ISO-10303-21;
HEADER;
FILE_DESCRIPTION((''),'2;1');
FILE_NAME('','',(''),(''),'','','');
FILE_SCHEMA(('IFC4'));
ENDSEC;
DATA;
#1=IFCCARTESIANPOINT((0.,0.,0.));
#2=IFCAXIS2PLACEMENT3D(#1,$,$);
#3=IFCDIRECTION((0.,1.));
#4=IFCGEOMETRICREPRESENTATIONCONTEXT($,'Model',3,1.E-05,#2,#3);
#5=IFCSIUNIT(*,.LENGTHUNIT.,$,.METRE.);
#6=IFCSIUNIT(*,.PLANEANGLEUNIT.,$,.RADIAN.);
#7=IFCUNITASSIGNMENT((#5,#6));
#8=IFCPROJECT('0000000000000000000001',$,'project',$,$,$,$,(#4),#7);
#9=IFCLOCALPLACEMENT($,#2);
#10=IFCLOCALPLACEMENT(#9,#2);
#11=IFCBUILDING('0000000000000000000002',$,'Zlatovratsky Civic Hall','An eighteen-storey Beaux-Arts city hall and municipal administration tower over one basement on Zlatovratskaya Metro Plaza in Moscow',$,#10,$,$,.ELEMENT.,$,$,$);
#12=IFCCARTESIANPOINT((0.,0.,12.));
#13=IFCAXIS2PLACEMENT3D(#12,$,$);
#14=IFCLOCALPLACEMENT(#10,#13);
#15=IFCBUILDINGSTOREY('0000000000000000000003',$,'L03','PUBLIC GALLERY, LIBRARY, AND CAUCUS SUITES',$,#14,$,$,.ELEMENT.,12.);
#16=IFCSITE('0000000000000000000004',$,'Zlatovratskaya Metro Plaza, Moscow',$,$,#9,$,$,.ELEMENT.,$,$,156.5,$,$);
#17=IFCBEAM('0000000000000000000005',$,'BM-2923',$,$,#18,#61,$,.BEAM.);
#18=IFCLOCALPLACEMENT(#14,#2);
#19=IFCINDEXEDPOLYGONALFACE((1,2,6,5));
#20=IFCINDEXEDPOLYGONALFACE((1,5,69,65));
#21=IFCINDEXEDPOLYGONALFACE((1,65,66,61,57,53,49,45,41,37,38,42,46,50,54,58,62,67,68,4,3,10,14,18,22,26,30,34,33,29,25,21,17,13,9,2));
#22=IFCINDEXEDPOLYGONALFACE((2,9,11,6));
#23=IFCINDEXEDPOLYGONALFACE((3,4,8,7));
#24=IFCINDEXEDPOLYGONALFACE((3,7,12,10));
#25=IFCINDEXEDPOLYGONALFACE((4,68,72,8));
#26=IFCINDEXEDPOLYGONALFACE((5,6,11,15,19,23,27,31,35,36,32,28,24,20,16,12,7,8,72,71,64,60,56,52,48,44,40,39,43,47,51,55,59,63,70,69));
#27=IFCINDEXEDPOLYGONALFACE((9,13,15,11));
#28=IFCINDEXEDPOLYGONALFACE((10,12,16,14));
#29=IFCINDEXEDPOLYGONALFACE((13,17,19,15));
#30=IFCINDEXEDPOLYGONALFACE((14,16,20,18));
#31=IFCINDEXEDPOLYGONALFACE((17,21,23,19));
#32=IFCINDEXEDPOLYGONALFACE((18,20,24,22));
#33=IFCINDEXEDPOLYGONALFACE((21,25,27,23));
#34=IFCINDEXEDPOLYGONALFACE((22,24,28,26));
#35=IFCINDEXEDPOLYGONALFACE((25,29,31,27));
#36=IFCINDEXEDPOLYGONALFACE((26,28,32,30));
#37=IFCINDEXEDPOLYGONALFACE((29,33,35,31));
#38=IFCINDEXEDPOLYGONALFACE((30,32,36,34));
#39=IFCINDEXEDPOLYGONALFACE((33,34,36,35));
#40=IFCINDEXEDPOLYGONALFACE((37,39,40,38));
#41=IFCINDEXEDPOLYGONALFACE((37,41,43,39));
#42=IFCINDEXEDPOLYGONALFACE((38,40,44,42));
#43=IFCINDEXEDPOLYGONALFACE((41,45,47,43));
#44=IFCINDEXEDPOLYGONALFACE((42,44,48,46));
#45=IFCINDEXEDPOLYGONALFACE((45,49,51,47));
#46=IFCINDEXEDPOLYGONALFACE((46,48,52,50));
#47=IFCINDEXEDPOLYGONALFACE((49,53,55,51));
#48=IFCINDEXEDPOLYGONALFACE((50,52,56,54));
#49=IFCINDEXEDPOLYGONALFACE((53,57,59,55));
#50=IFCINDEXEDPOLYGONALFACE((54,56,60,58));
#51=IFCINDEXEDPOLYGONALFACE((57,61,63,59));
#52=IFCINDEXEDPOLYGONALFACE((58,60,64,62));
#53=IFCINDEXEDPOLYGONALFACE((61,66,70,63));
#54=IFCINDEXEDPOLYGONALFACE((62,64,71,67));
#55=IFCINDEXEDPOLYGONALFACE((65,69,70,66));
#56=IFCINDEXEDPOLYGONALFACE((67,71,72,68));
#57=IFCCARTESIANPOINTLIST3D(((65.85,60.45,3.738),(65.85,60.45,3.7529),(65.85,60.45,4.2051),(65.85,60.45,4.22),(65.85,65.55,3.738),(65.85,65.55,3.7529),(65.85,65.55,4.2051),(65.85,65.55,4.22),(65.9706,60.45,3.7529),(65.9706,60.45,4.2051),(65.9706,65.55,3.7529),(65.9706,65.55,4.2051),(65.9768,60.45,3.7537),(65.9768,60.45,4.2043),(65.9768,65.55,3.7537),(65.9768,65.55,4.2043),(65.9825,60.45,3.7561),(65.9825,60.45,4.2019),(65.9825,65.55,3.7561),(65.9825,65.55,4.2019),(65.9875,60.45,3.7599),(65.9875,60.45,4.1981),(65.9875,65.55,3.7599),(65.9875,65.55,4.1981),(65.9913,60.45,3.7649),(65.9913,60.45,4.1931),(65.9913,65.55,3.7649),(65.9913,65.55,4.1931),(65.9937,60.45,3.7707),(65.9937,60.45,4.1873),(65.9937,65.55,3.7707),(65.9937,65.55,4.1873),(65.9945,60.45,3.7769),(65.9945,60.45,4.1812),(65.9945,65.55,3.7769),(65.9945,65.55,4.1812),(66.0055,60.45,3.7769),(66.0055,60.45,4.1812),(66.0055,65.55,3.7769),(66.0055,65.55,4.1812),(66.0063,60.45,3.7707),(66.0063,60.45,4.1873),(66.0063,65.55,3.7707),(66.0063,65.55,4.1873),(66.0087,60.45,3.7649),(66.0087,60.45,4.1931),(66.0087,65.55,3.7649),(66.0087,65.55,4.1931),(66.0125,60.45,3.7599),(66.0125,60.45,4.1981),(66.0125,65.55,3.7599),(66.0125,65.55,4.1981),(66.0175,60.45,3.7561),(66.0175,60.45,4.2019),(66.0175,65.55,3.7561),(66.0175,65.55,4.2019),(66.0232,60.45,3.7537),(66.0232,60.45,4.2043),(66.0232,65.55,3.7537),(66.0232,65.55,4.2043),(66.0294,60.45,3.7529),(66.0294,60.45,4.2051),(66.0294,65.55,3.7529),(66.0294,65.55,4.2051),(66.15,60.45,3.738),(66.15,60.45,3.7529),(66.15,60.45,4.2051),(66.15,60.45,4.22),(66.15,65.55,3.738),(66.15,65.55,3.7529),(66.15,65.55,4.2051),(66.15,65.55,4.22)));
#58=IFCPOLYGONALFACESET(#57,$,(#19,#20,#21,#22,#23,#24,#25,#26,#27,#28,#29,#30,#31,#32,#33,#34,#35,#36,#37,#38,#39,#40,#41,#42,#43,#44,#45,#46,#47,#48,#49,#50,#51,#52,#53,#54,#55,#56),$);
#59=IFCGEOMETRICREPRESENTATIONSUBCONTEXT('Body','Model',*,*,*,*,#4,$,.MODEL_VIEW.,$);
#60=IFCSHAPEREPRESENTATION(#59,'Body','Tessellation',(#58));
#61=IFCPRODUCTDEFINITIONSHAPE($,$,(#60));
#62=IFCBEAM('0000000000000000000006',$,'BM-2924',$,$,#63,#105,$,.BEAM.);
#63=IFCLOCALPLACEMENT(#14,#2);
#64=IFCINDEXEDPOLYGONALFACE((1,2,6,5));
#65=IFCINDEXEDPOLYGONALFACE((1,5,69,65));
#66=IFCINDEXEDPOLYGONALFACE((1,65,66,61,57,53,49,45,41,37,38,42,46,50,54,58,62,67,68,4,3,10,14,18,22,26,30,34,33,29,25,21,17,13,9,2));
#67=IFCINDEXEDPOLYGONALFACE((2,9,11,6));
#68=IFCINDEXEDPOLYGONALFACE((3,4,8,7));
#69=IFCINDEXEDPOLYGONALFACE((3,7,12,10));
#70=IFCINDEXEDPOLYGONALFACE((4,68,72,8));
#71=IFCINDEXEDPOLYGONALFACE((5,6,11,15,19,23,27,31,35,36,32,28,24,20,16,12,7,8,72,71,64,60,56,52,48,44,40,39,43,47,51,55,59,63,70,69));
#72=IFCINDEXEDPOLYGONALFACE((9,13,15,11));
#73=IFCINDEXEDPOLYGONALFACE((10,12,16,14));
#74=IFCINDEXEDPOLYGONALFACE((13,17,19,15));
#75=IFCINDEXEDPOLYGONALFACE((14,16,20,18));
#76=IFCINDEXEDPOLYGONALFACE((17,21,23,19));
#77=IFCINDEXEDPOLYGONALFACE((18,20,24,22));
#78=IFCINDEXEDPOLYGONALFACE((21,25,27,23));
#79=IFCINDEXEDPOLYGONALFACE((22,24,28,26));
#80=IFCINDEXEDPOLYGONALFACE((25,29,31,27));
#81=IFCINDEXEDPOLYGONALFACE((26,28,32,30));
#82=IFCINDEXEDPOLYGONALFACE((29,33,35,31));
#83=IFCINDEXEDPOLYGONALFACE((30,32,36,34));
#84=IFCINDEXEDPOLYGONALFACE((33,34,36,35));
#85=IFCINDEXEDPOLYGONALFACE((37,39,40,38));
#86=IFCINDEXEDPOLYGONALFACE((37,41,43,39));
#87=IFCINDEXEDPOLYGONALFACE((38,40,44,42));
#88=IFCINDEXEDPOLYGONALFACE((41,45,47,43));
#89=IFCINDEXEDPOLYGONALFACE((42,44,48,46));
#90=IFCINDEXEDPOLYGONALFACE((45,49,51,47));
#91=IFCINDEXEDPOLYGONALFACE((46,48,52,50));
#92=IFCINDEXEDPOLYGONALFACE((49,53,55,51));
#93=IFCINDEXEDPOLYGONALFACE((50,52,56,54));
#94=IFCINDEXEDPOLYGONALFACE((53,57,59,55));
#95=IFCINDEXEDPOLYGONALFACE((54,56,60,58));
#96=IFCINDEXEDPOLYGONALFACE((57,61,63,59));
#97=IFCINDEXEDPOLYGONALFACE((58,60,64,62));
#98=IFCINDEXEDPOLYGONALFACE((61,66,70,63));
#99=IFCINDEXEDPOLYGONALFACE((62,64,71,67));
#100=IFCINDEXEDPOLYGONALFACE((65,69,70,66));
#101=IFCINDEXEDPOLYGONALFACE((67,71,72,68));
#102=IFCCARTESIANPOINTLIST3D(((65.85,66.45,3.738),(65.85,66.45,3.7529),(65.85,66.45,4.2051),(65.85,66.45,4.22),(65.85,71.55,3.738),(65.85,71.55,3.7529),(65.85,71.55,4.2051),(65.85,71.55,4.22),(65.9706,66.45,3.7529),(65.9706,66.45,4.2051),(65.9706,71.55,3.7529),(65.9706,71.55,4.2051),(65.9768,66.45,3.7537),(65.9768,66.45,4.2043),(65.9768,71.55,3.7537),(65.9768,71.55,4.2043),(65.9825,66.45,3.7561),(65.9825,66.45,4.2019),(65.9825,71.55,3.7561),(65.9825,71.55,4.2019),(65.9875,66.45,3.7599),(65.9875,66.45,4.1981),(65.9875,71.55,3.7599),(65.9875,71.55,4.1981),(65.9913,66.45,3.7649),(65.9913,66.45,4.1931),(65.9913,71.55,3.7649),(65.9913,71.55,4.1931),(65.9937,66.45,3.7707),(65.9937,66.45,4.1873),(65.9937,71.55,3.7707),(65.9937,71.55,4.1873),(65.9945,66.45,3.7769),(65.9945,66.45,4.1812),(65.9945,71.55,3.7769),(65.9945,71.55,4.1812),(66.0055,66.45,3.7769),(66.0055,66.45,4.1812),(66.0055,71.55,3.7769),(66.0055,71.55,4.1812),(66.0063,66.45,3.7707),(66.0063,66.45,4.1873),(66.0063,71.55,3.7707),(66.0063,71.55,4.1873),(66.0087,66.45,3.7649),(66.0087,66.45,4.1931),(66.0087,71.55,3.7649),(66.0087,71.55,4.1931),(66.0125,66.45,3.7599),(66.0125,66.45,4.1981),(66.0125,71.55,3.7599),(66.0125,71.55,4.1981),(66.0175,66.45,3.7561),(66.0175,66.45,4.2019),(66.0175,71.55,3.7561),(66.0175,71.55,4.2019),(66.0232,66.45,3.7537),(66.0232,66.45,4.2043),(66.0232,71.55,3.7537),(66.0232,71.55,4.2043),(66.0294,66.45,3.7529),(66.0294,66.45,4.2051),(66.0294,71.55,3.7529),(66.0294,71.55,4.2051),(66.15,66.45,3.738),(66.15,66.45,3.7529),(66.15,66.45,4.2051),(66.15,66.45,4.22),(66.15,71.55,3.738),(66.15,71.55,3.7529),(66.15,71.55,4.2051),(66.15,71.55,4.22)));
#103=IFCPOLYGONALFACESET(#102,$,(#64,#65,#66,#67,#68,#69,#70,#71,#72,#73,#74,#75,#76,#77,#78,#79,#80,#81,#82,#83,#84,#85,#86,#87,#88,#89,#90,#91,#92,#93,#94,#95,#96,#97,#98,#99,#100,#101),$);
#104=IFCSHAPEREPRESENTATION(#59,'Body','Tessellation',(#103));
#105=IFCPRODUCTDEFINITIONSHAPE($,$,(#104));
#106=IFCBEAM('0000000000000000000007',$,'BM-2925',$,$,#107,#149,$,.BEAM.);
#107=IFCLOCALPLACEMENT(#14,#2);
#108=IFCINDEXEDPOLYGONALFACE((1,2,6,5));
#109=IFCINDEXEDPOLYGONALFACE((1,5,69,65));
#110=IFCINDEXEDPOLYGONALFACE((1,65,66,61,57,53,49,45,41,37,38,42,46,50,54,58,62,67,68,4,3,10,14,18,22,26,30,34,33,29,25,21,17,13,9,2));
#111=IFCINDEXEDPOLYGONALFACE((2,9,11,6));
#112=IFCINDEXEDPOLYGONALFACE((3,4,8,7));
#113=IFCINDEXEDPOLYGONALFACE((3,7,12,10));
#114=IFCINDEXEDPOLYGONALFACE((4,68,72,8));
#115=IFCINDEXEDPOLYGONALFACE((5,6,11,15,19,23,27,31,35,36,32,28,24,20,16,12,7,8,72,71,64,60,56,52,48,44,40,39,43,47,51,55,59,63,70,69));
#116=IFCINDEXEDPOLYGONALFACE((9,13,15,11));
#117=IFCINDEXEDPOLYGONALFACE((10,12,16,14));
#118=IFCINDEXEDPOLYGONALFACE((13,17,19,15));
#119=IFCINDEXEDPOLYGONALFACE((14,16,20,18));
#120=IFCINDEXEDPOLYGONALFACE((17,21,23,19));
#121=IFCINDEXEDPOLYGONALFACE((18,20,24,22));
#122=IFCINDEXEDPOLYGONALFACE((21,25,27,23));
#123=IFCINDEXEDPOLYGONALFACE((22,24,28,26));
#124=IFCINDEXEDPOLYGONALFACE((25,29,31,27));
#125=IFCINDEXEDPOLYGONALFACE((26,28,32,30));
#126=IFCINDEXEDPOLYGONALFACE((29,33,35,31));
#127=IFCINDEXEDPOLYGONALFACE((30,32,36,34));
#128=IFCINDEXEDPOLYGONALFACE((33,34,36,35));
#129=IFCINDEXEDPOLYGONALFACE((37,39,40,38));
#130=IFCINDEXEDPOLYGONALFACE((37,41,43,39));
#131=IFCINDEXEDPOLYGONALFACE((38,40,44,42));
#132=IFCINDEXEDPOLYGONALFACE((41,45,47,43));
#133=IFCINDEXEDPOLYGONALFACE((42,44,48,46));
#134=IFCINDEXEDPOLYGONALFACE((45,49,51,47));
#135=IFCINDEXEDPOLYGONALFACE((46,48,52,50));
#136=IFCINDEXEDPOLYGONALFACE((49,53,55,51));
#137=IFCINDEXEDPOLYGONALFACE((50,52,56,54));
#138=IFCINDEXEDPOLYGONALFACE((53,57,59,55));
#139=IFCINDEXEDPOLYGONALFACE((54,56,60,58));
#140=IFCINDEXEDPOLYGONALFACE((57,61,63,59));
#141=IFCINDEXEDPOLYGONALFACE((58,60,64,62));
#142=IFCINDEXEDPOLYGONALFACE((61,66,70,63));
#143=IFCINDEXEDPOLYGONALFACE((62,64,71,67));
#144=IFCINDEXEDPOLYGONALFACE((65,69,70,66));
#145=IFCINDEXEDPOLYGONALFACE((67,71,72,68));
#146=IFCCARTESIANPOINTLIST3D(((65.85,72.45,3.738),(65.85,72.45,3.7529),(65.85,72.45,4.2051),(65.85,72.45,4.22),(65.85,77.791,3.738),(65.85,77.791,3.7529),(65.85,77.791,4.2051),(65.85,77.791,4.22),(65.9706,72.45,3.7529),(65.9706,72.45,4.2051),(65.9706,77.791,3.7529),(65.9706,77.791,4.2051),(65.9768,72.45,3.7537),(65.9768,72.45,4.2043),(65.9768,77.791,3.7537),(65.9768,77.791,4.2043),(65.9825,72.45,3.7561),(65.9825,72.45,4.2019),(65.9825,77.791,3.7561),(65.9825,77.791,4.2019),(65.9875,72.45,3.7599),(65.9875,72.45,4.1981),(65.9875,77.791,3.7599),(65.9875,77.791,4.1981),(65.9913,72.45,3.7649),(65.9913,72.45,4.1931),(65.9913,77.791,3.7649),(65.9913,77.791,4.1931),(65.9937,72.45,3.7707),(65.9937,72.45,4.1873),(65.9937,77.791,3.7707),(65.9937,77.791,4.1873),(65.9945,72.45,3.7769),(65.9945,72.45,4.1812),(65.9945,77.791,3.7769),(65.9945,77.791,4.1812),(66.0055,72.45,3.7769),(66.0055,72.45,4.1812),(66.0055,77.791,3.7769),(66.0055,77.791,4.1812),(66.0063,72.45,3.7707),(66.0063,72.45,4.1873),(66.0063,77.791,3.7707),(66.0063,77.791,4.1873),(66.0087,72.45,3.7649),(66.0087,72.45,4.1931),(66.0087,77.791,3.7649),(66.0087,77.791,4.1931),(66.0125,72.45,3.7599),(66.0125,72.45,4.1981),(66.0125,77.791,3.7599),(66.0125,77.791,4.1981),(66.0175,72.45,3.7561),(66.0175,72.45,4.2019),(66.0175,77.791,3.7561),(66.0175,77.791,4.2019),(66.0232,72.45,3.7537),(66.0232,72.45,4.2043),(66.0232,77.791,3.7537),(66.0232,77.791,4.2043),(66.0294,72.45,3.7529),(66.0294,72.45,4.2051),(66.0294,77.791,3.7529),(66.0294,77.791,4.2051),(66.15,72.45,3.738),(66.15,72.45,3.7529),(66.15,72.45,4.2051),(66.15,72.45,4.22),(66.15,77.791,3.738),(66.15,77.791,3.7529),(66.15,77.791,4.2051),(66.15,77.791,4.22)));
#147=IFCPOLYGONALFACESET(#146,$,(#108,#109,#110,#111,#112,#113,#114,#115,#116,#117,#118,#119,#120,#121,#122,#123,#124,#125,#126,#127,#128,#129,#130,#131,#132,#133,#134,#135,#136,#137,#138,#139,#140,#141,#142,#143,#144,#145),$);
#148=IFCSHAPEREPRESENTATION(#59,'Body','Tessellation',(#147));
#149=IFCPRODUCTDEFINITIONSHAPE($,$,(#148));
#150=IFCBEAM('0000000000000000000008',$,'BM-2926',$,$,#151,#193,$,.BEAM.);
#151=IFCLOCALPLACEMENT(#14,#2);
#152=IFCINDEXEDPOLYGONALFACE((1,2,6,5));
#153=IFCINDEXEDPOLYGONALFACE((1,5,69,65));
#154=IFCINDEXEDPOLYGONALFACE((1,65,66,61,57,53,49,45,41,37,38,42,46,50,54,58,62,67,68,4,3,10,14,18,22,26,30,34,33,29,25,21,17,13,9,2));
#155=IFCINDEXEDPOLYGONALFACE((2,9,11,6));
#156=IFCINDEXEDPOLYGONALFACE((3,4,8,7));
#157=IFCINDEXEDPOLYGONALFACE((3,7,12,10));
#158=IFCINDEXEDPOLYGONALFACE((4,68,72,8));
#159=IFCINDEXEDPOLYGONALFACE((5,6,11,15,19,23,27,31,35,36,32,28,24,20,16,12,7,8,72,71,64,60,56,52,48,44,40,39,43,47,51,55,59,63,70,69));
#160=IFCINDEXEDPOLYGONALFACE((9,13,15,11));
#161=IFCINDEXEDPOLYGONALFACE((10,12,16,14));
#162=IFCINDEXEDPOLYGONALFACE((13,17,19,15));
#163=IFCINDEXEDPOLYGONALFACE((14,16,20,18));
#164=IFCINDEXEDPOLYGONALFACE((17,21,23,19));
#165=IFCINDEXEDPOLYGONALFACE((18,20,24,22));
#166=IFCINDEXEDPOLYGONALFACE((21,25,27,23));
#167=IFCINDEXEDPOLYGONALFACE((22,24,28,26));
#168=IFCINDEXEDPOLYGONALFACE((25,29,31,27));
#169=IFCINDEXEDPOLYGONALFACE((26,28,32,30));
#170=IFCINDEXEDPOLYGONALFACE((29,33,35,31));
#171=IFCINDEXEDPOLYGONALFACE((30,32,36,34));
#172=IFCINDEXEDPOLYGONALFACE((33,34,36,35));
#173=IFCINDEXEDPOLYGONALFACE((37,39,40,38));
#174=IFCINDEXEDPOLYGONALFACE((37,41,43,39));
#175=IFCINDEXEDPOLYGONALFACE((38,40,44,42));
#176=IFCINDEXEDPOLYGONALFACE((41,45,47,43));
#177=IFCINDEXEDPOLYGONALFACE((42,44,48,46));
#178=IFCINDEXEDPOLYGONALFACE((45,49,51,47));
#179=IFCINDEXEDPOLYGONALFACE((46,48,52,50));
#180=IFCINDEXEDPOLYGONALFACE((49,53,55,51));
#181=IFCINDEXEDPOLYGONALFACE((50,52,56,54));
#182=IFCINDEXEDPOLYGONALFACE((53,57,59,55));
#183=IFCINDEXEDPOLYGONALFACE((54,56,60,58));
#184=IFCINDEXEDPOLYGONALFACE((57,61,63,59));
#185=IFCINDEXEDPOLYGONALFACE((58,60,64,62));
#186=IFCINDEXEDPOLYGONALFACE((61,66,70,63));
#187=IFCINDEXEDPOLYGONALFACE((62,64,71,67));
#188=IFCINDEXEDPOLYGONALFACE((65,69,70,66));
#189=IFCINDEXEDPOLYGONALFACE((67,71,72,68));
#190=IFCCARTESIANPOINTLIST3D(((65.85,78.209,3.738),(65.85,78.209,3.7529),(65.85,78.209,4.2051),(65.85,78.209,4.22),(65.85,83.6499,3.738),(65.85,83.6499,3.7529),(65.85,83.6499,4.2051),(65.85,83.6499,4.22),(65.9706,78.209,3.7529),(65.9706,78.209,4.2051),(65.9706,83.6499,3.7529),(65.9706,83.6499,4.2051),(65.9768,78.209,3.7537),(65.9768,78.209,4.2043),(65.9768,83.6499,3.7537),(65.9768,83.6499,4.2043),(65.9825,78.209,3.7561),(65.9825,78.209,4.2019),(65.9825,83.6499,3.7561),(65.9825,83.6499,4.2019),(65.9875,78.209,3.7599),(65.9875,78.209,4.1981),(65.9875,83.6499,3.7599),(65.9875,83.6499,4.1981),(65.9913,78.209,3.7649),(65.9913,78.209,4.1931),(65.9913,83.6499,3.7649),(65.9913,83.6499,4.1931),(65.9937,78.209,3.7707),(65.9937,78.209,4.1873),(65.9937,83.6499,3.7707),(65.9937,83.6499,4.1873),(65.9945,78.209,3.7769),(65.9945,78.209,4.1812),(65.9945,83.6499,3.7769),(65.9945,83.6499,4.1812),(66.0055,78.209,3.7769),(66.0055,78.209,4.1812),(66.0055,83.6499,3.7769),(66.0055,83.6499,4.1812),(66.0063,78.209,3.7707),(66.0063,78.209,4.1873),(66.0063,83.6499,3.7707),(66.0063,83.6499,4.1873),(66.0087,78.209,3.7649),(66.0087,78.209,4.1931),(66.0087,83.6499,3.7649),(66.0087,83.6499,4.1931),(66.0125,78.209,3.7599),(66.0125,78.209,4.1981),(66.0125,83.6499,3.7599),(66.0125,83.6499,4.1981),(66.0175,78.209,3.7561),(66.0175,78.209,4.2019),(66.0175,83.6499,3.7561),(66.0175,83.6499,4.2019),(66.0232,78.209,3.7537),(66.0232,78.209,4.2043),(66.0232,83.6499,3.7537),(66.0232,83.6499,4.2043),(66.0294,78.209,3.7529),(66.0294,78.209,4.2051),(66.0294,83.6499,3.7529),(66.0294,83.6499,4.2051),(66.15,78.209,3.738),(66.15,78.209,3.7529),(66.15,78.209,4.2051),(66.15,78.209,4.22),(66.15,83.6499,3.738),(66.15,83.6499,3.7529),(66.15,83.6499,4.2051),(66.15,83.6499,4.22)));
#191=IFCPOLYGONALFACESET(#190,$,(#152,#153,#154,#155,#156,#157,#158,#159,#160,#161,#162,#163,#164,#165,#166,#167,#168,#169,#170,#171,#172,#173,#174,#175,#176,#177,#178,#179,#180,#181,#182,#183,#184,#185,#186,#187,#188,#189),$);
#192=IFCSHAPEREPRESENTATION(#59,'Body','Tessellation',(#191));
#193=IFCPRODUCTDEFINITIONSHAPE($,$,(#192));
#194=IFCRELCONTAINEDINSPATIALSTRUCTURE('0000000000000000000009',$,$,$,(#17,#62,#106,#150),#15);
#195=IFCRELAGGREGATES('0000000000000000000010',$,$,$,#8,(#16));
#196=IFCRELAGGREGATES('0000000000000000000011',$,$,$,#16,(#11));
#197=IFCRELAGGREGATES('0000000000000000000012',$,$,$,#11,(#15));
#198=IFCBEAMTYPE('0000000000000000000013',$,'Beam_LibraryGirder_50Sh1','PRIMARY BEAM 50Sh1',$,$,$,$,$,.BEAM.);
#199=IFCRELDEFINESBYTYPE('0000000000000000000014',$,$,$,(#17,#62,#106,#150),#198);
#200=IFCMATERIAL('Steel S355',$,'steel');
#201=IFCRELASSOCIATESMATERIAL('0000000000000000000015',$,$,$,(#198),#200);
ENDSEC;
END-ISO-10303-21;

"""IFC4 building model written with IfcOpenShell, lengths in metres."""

from ifc_helpers import new_model, si_unit, direction, frame, origin, origin_2d, place, context, subcontext, project, spatial, i_section, extrude, material, material_profile, profile_set, type_object, element, save


model = new_model("IFC4")

# Units and contexts
model_context = context("Model", 3, precision=1e-05, world=origin(), true_north=direction((0.0, 1.0)))
body_context = subcontext(model_context, "Body", "Model", "MODEL_VIEW")
ifc_project = project(units=[si_unit("LENGTHUNIT", "METRE"), si_unit("PLANEANGLEUNIT", "RADIAN")], contexts=[model_context])

# Site, building, storey
site_placement = place(None, origin())
site = spatial("IfcSite", under=ifc_project, at=site_placement, Name="Zlatovratskaya Metro Plaza, Moscow", CompositionType="ELEMENT", RefElevation=156.5)
building_placement = place(site_placement, origin())
building = spatial("IfcBuilding", under=site, at=building_placement, Name="Zlatovratsky Civic Hall", Description="An eighteen-storey Beaux-Arts city hall and municipal administration tower over one basement on Zlatovratskaya Metro Plaza in Moscow", CompositionType="ELEMENT")
storey_placement = place(building_placement, frame((0.0, 0.0, 12.0)))
storey = spatial("IfcBuildingStorey", under=building, at=storey_placement, Name="L03", Description="PUBLIC GALLERY, LIBRARY, AND CAUCUS SUITES", CompositionType="ELEMENT", Elevation=12.0)

# Shared definitions
ifc_material_1 = material(Name="Steel S355", Category="steel")

# Beams
ifc_material_profile_1 = material_profile(ifc_material_1, i_section(OverallWidth=0.3, OverallDepth=0.4819, WebThickness=0.011, FlangeThickness=0.0149, FilletRadius=0.0239, at=origin_2d()), Name="50Sh1")
ifc_profile_set_1 = profile_set([ifc_material_profile_1], Name="Steel S355")
beam_type = type_object("IfcBeamType", Name="Beam_LibraryGirder_50Sh1", Description="PRIMARY BEAM 50Sh1", PredefinedType="BEAM", material=ifc_profile_set_1)
for number, where, z_axis, x_axis, name in (
    (1, (66.0, 60.45, 3.979), (0.0, 1.0, 0.0), (-1.0, 0.0, 0.0), "BM-2923"),
    (2, (66.0, 66.45, 3.979), (0.0, 1.0, 0.0), (-1.0, 0.0, 0.0), "BM-2924"),
):
    element("IfcBeam", number, at=place(storey_placement, frame(where, z_axis=z_axis, x_axis=x_axis)), inside=storey, type_object=beam_type, Name=name, PredefinedType="BEAM", context=body_context, shape_type="SweptSolid", body=[
        extrude(i_section(OverallWidth=0.3, OverallDepth=0.4819, WebThickness=0.011, FlangeThickness=0.0149, FilletRadius=0.0239, at=origin_2d()), origin(), (0.0, 0.0, 1.0), 5.1001),
    ])
beam_1_placement = place(storey_placement, frame((66.0, 72.45, 3.979), z_axis=(0.0, 1.0, 0.0), x_axis=(-1.0, 0.0, 0.0)))
element("IfcBeam", 3, at=beam_1_placement, inside=storey, type_object=beam_type, Name="BM-2925", PredefinedType="BEAM", context=body_context, shape_type="SweptSolid", body=[
    extrude(i_section(OverallWidth=0.3, OverallDepth=0.4819, WebThickness=0.011, FlangeThickness=0.0149, FilletRadius=0.0239, at=origin_2d()), origin(), (0.0, 0.0, 1.0), 5.3411),
])
beam_2_placement = place(storey_placement, frame((66.0, 78.209, 3.979), z_axis=(0.0, 1.0, 0.0), x_axis=(-1.0, 0.0, 0.0)))
element("IfcBeam", 4, at=beam_2_placement, inside=storey, type_object=beam_type, Name="BM-2926", PredefinedType="BEAM", context=body_context, shape_type="SweptSolid", body=[
    extrude(i_section(OverallWidth=0.3, OverallDepth=0.4819, WebThickness=0.011, FlangeThickness=0.0149, FilletRadius=0.0239, at=origin_2d()), origin(), (0.0, 0.0, 1.0), 5.4409),
])

save(model, "model.ifc")
